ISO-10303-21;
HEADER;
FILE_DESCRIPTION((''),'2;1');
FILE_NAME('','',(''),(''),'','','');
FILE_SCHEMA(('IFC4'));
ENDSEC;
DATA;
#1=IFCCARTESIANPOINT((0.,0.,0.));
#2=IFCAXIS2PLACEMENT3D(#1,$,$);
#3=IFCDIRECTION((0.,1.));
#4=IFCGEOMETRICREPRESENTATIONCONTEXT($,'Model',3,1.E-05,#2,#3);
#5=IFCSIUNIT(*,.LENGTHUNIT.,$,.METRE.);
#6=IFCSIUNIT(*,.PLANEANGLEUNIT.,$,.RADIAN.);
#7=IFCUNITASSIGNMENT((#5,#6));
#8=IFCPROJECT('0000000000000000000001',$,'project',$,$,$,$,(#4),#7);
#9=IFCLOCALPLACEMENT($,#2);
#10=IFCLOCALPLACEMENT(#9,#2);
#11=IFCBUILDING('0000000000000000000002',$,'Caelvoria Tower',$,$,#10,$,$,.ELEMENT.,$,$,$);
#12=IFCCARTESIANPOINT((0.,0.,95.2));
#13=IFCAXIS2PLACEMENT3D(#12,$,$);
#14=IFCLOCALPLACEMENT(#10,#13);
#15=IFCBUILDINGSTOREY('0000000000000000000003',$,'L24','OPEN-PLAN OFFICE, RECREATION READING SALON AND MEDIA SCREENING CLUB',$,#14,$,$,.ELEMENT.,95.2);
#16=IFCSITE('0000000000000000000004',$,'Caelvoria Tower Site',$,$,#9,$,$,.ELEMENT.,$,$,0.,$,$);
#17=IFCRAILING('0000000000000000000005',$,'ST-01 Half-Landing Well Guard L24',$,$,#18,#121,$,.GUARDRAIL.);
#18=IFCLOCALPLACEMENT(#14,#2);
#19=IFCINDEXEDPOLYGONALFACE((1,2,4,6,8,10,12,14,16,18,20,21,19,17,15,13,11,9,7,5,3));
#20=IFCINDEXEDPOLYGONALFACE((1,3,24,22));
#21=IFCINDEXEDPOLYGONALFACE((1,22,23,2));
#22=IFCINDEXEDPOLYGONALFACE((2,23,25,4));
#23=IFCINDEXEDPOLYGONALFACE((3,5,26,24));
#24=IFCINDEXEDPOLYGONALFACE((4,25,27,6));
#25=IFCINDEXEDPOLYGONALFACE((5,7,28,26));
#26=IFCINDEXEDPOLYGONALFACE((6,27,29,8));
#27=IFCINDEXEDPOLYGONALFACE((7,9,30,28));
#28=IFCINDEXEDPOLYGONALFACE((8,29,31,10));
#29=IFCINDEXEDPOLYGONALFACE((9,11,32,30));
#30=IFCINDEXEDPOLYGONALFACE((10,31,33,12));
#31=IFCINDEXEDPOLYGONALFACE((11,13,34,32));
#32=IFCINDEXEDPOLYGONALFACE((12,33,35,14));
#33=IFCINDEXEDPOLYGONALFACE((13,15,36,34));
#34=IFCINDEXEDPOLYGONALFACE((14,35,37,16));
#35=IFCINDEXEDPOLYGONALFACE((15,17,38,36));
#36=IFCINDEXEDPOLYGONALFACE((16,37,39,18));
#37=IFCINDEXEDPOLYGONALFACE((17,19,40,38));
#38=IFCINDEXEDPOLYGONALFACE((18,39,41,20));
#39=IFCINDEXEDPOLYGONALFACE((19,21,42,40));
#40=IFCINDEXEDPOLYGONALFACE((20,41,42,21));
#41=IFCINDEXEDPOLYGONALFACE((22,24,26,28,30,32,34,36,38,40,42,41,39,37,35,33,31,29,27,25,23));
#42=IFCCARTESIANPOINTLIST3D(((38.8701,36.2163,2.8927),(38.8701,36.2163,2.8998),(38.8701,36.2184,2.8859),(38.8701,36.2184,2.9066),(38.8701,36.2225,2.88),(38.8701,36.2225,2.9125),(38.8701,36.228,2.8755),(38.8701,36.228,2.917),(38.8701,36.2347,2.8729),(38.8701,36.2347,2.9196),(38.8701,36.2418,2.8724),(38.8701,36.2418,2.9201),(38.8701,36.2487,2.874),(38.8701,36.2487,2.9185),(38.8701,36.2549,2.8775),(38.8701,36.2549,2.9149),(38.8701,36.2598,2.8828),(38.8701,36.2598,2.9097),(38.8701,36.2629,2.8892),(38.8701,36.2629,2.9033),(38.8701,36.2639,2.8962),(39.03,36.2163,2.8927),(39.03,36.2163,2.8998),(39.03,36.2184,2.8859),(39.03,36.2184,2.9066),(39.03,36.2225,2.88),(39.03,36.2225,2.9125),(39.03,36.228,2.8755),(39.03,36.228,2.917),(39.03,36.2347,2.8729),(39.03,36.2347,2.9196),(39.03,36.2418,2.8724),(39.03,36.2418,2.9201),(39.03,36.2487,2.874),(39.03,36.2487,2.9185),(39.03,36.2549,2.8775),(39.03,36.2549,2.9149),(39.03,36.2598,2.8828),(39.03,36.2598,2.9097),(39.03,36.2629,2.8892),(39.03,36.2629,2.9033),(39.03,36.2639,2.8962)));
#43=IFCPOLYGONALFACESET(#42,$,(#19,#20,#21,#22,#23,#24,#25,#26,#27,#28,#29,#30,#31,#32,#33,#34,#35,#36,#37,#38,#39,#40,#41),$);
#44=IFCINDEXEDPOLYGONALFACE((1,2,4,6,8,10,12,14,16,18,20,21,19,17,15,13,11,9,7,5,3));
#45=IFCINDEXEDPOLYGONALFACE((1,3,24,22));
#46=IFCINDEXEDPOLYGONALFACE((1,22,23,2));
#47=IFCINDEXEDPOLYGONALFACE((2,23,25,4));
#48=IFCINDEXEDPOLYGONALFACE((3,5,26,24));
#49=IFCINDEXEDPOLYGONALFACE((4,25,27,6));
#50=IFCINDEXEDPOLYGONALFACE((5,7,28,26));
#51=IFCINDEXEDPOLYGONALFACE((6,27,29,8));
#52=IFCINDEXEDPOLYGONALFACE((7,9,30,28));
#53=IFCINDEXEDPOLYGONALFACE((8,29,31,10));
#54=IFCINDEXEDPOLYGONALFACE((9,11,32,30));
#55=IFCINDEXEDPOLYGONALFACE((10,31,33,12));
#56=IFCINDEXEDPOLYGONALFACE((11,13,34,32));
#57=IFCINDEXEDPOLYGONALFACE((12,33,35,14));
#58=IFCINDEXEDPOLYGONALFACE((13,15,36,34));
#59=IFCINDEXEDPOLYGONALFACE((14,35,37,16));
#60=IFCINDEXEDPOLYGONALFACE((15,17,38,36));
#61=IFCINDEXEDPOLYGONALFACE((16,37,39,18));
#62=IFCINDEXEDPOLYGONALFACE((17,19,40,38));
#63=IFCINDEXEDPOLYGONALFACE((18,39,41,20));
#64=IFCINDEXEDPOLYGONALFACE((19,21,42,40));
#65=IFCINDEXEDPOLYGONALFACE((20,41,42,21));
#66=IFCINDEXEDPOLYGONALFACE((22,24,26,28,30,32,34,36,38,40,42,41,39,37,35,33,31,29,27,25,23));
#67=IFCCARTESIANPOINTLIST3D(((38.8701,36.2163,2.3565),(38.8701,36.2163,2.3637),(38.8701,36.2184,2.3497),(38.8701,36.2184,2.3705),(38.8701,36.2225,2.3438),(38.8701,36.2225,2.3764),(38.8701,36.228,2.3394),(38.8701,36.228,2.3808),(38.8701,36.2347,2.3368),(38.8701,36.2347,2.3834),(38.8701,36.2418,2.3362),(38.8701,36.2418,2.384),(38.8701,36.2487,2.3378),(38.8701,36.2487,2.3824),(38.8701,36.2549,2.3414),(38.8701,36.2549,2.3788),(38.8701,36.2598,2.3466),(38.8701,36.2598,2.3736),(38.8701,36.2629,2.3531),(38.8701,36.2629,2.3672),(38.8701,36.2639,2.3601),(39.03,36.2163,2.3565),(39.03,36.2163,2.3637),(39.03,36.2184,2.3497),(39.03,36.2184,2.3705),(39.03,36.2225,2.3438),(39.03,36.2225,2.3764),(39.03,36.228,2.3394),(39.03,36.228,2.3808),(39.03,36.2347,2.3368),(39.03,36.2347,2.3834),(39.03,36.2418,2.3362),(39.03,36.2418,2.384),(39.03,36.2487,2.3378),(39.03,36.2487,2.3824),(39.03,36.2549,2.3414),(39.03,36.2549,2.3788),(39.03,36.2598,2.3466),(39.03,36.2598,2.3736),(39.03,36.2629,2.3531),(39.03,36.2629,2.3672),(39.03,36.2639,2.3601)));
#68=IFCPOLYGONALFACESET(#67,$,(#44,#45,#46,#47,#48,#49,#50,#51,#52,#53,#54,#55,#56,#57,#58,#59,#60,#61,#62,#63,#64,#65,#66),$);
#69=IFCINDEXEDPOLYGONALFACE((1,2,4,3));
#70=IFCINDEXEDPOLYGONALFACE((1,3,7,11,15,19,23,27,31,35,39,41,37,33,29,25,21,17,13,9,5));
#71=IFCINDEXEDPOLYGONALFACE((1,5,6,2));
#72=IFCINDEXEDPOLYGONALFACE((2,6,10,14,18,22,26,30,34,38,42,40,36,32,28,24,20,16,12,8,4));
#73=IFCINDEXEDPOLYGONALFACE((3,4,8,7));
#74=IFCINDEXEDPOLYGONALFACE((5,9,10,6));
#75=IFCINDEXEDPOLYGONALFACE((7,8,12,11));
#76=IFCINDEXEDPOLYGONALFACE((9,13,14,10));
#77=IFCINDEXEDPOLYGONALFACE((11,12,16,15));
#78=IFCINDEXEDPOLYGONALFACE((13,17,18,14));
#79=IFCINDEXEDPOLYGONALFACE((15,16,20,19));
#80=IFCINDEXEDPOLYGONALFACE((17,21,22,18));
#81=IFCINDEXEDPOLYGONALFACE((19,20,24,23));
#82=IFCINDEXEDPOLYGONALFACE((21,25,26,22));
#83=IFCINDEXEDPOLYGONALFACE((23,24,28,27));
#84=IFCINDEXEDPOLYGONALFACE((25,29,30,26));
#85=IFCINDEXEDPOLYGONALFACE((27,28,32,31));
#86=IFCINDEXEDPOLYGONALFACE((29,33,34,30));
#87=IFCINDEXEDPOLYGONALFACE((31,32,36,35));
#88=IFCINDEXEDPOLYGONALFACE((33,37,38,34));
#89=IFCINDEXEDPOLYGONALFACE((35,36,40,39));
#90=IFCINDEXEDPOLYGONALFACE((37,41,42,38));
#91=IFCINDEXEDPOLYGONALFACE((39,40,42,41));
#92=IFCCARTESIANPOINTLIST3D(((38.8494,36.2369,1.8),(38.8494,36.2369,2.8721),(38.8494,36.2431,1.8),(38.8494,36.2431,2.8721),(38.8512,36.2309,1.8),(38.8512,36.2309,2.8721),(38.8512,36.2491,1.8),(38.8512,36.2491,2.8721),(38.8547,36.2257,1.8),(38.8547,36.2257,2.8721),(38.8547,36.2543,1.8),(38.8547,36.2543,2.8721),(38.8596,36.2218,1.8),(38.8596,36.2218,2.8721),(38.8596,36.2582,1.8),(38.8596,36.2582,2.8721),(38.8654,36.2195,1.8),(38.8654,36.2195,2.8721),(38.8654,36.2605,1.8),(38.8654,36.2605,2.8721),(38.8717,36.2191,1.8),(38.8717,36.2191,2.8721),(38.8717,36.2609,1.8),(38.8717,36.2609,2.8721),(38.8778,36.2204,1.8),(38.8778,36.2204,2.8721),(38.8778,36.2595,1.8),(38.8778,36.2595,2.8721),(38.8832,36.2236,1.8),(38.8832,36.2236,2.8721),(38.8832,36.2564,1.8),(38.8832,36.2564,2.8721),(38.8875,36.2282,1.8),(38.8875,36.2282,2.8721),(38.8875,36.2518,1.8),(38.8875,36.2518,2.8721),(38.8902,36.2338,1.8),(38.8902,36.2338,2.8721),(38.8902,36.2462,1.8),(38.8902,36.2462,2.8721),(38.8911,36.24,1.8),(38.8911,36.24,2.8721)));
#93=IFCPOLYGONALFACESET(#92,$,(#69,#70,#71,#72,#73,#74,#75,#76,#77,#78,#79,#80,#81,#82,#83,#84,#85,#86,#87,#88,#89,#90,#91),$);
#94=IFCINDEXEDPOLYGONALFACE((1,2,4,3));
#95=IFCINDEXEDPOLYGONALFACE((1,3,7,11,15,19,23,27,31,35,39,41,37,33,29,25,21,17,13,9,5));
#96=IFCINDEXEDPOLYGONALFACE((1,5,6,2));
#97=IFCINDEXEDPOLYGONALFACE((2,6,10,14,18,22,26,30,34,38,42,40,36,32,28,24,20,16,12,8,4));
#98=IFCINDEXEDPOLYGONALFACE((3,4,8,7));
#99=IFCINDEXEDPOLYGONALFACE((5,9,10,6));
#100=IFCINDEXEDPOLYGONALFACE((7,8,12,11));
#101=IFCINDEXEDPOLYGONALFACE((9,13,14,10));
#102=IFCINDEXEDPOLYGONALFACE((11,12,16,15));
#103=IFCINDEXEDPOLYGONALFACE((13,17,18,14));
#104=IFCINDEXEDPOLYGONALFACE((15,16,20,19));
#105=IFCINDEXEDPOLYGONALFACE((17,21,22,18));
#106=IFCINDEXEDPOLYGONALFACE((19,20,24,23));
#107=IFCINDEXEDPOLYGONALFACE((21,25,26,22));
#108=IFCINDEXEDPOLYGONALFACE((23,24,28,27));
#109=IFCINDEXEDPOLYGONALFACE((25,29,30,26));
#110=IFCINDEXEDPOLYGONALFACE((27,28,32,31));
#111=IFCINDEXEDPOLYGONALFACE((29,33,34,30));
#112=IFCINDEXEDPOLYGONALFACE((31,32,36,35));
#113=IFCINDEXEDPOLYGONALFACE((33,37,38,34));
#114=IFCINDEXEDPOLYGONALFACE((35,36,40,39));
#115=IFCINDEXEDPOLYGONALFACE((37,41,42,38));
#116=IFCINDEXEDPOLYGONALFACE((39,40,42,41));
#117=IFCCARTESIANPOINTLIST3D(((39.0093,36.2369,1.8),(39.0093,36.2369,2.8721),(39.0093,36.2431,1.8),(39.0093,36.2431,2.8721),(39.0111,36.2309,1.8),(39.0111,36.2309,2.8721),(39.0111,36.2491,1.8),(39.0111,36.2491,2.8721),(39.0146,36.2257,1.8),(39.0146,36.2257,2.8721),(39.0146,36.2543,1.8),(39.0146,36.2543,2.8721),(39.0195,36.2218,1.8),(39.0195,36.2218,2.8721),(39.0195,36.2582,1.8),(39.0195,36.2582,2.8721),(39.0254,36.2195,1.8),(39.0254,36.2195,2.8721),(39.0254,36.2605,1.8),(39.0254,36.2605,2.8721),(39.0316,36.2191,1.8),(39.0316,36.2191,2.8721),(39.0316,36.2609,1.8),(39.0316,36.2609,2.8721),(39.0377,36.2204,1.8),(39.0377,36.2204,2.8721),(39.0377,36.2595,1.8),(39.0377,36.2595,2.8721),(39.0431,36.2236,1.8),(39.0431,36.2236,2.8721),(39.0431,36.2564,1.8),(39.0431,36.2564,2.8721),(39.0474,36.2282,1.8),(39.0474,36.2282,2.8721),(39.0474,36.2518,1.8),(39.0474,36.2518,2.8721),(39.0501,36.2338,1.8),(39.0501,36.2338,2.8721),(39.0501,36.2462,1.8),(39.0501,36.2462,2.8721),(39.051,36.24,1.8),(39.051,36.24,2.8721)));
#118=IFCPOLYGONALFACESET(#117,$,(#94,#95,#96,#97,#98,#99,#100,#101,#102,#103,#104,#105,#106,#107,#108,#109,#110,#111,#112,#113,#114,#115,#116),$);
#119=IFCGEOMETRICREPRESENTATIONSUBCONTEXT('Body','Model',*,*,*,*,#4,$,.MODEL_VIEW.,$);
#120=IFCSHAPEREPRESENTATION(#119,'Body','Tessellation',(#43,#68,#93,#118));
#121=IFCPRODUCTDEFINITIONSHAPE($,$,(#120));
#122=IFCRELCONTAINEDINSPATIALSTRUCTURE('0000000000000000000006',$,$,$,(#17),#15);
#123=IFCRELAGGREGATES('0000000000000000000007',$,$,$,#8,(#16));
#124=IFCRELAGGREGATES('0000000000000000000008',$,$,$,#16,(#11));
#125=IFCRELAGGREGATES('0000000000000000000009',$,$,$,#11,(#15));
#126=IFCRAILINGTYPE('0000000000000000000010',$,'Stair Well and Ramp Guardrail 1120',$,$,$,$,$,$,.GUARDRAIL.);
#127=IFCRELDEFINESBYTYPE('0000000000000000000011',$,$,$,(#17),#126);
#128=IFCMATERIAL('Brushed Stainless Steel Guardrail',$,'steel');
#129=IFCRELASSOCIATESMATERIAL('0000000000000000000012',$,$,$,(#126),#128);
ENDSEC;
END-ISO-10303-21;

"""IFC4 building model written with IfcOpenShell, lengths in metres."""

from ifc_helpers import new_model, si_unit, direction, frame, origin, origin_2d, place, context, subcontext, project, spatial, circle, extrude, material, type_object, element, save


model = new_model("IFC4")

# Units and contexts
model_context = context("Model", 3, precision=1e-05, world=origin(), true_north=direction((0.0, 1.0)))
body_context = subcontext(model_context, "Body", "Model", "MODEL_VIEW")
ifc_project = project(units=[si_unit("LENGTHUNIT", "METRE"), si_unit("PLANEANGLEUNIT", "RADIAN")], contexts=[model_context])

# Site, building, storey
site_placement = place(None, origin())
site = spatial("IfcSite", under=ifc_project, at=site_placement, Name="Caelvoria Tower Site", CompositionType="ELEMENT", RefElevation=0.0)
building_placement = place(site_placement, origin())
building = spatial("IfcBuilding", under=site, at=building_placement, Name="Caelvoria Tower", CompositionType="ELEMENT")
storey_placement = place(building_placement, frame((0.0, 0.0, 95.2)))
storey = spatial("IfcBuildingStorey", under=building, at=storey_placement, Name="L24", Description="OPEN-PLAN OFFICE, RECREATION READING SALON AND MEDIA SCREENING CLUB", CompositionType="ELEMENT", Elevation=95.2)

# Railing
ifc_material_1 = material(Name="Brushed Stainless Steel Guardrail", Category="steel")
railing_type_1 = type_object("IfcRailingType", Name="Stair Well and Ramp Guardrail 1120", PredefinedType="GUARDRAIL", material=ifc_material_1)
railing_1_placement = place(storey_placement, frame((38.8701, 36.24, 1.8)))
element("IfcRailing", 1, at=railing_1_placement, inside=storey, type_object=railing_type_1, Name="ST-01 Half-Landing Well Guard L24", PredefinedType="GUARDRAIL", context=body_context, shape_type="SweptSolid", body=[
    extrude(circle(Radius=0.0239, at=origin_2d()), frame((0.0, 0.0, 1.0962), z_axis=(1.0, 0.0, 0.0), x_axis=(0.0, 1.0, 0.0)), (0.0, 0.0, 1.0), 0.1599),
    extrude(circle(Radius=0.0239, at=origin_2d()), frame((0.0, 0.0, 0.5601), z_axis=(1.0, 0.0, 0.0), x_axis=(0.0, 1.0, 0.0)), (0.0, 0.0, 1.0), 0.1599),
    extrude(circle(Radius=0.021, at=origin_2d()), origin(), (0.0, 0.0, 1.0), 1.072),
    extrude(circle(Radius=0.021, at=origin_2d()), frame((0.1599, 0.0, 0.0)), (0.0, 0.0, 1.0), 1.072),
])

save(model, "model.ifc")
